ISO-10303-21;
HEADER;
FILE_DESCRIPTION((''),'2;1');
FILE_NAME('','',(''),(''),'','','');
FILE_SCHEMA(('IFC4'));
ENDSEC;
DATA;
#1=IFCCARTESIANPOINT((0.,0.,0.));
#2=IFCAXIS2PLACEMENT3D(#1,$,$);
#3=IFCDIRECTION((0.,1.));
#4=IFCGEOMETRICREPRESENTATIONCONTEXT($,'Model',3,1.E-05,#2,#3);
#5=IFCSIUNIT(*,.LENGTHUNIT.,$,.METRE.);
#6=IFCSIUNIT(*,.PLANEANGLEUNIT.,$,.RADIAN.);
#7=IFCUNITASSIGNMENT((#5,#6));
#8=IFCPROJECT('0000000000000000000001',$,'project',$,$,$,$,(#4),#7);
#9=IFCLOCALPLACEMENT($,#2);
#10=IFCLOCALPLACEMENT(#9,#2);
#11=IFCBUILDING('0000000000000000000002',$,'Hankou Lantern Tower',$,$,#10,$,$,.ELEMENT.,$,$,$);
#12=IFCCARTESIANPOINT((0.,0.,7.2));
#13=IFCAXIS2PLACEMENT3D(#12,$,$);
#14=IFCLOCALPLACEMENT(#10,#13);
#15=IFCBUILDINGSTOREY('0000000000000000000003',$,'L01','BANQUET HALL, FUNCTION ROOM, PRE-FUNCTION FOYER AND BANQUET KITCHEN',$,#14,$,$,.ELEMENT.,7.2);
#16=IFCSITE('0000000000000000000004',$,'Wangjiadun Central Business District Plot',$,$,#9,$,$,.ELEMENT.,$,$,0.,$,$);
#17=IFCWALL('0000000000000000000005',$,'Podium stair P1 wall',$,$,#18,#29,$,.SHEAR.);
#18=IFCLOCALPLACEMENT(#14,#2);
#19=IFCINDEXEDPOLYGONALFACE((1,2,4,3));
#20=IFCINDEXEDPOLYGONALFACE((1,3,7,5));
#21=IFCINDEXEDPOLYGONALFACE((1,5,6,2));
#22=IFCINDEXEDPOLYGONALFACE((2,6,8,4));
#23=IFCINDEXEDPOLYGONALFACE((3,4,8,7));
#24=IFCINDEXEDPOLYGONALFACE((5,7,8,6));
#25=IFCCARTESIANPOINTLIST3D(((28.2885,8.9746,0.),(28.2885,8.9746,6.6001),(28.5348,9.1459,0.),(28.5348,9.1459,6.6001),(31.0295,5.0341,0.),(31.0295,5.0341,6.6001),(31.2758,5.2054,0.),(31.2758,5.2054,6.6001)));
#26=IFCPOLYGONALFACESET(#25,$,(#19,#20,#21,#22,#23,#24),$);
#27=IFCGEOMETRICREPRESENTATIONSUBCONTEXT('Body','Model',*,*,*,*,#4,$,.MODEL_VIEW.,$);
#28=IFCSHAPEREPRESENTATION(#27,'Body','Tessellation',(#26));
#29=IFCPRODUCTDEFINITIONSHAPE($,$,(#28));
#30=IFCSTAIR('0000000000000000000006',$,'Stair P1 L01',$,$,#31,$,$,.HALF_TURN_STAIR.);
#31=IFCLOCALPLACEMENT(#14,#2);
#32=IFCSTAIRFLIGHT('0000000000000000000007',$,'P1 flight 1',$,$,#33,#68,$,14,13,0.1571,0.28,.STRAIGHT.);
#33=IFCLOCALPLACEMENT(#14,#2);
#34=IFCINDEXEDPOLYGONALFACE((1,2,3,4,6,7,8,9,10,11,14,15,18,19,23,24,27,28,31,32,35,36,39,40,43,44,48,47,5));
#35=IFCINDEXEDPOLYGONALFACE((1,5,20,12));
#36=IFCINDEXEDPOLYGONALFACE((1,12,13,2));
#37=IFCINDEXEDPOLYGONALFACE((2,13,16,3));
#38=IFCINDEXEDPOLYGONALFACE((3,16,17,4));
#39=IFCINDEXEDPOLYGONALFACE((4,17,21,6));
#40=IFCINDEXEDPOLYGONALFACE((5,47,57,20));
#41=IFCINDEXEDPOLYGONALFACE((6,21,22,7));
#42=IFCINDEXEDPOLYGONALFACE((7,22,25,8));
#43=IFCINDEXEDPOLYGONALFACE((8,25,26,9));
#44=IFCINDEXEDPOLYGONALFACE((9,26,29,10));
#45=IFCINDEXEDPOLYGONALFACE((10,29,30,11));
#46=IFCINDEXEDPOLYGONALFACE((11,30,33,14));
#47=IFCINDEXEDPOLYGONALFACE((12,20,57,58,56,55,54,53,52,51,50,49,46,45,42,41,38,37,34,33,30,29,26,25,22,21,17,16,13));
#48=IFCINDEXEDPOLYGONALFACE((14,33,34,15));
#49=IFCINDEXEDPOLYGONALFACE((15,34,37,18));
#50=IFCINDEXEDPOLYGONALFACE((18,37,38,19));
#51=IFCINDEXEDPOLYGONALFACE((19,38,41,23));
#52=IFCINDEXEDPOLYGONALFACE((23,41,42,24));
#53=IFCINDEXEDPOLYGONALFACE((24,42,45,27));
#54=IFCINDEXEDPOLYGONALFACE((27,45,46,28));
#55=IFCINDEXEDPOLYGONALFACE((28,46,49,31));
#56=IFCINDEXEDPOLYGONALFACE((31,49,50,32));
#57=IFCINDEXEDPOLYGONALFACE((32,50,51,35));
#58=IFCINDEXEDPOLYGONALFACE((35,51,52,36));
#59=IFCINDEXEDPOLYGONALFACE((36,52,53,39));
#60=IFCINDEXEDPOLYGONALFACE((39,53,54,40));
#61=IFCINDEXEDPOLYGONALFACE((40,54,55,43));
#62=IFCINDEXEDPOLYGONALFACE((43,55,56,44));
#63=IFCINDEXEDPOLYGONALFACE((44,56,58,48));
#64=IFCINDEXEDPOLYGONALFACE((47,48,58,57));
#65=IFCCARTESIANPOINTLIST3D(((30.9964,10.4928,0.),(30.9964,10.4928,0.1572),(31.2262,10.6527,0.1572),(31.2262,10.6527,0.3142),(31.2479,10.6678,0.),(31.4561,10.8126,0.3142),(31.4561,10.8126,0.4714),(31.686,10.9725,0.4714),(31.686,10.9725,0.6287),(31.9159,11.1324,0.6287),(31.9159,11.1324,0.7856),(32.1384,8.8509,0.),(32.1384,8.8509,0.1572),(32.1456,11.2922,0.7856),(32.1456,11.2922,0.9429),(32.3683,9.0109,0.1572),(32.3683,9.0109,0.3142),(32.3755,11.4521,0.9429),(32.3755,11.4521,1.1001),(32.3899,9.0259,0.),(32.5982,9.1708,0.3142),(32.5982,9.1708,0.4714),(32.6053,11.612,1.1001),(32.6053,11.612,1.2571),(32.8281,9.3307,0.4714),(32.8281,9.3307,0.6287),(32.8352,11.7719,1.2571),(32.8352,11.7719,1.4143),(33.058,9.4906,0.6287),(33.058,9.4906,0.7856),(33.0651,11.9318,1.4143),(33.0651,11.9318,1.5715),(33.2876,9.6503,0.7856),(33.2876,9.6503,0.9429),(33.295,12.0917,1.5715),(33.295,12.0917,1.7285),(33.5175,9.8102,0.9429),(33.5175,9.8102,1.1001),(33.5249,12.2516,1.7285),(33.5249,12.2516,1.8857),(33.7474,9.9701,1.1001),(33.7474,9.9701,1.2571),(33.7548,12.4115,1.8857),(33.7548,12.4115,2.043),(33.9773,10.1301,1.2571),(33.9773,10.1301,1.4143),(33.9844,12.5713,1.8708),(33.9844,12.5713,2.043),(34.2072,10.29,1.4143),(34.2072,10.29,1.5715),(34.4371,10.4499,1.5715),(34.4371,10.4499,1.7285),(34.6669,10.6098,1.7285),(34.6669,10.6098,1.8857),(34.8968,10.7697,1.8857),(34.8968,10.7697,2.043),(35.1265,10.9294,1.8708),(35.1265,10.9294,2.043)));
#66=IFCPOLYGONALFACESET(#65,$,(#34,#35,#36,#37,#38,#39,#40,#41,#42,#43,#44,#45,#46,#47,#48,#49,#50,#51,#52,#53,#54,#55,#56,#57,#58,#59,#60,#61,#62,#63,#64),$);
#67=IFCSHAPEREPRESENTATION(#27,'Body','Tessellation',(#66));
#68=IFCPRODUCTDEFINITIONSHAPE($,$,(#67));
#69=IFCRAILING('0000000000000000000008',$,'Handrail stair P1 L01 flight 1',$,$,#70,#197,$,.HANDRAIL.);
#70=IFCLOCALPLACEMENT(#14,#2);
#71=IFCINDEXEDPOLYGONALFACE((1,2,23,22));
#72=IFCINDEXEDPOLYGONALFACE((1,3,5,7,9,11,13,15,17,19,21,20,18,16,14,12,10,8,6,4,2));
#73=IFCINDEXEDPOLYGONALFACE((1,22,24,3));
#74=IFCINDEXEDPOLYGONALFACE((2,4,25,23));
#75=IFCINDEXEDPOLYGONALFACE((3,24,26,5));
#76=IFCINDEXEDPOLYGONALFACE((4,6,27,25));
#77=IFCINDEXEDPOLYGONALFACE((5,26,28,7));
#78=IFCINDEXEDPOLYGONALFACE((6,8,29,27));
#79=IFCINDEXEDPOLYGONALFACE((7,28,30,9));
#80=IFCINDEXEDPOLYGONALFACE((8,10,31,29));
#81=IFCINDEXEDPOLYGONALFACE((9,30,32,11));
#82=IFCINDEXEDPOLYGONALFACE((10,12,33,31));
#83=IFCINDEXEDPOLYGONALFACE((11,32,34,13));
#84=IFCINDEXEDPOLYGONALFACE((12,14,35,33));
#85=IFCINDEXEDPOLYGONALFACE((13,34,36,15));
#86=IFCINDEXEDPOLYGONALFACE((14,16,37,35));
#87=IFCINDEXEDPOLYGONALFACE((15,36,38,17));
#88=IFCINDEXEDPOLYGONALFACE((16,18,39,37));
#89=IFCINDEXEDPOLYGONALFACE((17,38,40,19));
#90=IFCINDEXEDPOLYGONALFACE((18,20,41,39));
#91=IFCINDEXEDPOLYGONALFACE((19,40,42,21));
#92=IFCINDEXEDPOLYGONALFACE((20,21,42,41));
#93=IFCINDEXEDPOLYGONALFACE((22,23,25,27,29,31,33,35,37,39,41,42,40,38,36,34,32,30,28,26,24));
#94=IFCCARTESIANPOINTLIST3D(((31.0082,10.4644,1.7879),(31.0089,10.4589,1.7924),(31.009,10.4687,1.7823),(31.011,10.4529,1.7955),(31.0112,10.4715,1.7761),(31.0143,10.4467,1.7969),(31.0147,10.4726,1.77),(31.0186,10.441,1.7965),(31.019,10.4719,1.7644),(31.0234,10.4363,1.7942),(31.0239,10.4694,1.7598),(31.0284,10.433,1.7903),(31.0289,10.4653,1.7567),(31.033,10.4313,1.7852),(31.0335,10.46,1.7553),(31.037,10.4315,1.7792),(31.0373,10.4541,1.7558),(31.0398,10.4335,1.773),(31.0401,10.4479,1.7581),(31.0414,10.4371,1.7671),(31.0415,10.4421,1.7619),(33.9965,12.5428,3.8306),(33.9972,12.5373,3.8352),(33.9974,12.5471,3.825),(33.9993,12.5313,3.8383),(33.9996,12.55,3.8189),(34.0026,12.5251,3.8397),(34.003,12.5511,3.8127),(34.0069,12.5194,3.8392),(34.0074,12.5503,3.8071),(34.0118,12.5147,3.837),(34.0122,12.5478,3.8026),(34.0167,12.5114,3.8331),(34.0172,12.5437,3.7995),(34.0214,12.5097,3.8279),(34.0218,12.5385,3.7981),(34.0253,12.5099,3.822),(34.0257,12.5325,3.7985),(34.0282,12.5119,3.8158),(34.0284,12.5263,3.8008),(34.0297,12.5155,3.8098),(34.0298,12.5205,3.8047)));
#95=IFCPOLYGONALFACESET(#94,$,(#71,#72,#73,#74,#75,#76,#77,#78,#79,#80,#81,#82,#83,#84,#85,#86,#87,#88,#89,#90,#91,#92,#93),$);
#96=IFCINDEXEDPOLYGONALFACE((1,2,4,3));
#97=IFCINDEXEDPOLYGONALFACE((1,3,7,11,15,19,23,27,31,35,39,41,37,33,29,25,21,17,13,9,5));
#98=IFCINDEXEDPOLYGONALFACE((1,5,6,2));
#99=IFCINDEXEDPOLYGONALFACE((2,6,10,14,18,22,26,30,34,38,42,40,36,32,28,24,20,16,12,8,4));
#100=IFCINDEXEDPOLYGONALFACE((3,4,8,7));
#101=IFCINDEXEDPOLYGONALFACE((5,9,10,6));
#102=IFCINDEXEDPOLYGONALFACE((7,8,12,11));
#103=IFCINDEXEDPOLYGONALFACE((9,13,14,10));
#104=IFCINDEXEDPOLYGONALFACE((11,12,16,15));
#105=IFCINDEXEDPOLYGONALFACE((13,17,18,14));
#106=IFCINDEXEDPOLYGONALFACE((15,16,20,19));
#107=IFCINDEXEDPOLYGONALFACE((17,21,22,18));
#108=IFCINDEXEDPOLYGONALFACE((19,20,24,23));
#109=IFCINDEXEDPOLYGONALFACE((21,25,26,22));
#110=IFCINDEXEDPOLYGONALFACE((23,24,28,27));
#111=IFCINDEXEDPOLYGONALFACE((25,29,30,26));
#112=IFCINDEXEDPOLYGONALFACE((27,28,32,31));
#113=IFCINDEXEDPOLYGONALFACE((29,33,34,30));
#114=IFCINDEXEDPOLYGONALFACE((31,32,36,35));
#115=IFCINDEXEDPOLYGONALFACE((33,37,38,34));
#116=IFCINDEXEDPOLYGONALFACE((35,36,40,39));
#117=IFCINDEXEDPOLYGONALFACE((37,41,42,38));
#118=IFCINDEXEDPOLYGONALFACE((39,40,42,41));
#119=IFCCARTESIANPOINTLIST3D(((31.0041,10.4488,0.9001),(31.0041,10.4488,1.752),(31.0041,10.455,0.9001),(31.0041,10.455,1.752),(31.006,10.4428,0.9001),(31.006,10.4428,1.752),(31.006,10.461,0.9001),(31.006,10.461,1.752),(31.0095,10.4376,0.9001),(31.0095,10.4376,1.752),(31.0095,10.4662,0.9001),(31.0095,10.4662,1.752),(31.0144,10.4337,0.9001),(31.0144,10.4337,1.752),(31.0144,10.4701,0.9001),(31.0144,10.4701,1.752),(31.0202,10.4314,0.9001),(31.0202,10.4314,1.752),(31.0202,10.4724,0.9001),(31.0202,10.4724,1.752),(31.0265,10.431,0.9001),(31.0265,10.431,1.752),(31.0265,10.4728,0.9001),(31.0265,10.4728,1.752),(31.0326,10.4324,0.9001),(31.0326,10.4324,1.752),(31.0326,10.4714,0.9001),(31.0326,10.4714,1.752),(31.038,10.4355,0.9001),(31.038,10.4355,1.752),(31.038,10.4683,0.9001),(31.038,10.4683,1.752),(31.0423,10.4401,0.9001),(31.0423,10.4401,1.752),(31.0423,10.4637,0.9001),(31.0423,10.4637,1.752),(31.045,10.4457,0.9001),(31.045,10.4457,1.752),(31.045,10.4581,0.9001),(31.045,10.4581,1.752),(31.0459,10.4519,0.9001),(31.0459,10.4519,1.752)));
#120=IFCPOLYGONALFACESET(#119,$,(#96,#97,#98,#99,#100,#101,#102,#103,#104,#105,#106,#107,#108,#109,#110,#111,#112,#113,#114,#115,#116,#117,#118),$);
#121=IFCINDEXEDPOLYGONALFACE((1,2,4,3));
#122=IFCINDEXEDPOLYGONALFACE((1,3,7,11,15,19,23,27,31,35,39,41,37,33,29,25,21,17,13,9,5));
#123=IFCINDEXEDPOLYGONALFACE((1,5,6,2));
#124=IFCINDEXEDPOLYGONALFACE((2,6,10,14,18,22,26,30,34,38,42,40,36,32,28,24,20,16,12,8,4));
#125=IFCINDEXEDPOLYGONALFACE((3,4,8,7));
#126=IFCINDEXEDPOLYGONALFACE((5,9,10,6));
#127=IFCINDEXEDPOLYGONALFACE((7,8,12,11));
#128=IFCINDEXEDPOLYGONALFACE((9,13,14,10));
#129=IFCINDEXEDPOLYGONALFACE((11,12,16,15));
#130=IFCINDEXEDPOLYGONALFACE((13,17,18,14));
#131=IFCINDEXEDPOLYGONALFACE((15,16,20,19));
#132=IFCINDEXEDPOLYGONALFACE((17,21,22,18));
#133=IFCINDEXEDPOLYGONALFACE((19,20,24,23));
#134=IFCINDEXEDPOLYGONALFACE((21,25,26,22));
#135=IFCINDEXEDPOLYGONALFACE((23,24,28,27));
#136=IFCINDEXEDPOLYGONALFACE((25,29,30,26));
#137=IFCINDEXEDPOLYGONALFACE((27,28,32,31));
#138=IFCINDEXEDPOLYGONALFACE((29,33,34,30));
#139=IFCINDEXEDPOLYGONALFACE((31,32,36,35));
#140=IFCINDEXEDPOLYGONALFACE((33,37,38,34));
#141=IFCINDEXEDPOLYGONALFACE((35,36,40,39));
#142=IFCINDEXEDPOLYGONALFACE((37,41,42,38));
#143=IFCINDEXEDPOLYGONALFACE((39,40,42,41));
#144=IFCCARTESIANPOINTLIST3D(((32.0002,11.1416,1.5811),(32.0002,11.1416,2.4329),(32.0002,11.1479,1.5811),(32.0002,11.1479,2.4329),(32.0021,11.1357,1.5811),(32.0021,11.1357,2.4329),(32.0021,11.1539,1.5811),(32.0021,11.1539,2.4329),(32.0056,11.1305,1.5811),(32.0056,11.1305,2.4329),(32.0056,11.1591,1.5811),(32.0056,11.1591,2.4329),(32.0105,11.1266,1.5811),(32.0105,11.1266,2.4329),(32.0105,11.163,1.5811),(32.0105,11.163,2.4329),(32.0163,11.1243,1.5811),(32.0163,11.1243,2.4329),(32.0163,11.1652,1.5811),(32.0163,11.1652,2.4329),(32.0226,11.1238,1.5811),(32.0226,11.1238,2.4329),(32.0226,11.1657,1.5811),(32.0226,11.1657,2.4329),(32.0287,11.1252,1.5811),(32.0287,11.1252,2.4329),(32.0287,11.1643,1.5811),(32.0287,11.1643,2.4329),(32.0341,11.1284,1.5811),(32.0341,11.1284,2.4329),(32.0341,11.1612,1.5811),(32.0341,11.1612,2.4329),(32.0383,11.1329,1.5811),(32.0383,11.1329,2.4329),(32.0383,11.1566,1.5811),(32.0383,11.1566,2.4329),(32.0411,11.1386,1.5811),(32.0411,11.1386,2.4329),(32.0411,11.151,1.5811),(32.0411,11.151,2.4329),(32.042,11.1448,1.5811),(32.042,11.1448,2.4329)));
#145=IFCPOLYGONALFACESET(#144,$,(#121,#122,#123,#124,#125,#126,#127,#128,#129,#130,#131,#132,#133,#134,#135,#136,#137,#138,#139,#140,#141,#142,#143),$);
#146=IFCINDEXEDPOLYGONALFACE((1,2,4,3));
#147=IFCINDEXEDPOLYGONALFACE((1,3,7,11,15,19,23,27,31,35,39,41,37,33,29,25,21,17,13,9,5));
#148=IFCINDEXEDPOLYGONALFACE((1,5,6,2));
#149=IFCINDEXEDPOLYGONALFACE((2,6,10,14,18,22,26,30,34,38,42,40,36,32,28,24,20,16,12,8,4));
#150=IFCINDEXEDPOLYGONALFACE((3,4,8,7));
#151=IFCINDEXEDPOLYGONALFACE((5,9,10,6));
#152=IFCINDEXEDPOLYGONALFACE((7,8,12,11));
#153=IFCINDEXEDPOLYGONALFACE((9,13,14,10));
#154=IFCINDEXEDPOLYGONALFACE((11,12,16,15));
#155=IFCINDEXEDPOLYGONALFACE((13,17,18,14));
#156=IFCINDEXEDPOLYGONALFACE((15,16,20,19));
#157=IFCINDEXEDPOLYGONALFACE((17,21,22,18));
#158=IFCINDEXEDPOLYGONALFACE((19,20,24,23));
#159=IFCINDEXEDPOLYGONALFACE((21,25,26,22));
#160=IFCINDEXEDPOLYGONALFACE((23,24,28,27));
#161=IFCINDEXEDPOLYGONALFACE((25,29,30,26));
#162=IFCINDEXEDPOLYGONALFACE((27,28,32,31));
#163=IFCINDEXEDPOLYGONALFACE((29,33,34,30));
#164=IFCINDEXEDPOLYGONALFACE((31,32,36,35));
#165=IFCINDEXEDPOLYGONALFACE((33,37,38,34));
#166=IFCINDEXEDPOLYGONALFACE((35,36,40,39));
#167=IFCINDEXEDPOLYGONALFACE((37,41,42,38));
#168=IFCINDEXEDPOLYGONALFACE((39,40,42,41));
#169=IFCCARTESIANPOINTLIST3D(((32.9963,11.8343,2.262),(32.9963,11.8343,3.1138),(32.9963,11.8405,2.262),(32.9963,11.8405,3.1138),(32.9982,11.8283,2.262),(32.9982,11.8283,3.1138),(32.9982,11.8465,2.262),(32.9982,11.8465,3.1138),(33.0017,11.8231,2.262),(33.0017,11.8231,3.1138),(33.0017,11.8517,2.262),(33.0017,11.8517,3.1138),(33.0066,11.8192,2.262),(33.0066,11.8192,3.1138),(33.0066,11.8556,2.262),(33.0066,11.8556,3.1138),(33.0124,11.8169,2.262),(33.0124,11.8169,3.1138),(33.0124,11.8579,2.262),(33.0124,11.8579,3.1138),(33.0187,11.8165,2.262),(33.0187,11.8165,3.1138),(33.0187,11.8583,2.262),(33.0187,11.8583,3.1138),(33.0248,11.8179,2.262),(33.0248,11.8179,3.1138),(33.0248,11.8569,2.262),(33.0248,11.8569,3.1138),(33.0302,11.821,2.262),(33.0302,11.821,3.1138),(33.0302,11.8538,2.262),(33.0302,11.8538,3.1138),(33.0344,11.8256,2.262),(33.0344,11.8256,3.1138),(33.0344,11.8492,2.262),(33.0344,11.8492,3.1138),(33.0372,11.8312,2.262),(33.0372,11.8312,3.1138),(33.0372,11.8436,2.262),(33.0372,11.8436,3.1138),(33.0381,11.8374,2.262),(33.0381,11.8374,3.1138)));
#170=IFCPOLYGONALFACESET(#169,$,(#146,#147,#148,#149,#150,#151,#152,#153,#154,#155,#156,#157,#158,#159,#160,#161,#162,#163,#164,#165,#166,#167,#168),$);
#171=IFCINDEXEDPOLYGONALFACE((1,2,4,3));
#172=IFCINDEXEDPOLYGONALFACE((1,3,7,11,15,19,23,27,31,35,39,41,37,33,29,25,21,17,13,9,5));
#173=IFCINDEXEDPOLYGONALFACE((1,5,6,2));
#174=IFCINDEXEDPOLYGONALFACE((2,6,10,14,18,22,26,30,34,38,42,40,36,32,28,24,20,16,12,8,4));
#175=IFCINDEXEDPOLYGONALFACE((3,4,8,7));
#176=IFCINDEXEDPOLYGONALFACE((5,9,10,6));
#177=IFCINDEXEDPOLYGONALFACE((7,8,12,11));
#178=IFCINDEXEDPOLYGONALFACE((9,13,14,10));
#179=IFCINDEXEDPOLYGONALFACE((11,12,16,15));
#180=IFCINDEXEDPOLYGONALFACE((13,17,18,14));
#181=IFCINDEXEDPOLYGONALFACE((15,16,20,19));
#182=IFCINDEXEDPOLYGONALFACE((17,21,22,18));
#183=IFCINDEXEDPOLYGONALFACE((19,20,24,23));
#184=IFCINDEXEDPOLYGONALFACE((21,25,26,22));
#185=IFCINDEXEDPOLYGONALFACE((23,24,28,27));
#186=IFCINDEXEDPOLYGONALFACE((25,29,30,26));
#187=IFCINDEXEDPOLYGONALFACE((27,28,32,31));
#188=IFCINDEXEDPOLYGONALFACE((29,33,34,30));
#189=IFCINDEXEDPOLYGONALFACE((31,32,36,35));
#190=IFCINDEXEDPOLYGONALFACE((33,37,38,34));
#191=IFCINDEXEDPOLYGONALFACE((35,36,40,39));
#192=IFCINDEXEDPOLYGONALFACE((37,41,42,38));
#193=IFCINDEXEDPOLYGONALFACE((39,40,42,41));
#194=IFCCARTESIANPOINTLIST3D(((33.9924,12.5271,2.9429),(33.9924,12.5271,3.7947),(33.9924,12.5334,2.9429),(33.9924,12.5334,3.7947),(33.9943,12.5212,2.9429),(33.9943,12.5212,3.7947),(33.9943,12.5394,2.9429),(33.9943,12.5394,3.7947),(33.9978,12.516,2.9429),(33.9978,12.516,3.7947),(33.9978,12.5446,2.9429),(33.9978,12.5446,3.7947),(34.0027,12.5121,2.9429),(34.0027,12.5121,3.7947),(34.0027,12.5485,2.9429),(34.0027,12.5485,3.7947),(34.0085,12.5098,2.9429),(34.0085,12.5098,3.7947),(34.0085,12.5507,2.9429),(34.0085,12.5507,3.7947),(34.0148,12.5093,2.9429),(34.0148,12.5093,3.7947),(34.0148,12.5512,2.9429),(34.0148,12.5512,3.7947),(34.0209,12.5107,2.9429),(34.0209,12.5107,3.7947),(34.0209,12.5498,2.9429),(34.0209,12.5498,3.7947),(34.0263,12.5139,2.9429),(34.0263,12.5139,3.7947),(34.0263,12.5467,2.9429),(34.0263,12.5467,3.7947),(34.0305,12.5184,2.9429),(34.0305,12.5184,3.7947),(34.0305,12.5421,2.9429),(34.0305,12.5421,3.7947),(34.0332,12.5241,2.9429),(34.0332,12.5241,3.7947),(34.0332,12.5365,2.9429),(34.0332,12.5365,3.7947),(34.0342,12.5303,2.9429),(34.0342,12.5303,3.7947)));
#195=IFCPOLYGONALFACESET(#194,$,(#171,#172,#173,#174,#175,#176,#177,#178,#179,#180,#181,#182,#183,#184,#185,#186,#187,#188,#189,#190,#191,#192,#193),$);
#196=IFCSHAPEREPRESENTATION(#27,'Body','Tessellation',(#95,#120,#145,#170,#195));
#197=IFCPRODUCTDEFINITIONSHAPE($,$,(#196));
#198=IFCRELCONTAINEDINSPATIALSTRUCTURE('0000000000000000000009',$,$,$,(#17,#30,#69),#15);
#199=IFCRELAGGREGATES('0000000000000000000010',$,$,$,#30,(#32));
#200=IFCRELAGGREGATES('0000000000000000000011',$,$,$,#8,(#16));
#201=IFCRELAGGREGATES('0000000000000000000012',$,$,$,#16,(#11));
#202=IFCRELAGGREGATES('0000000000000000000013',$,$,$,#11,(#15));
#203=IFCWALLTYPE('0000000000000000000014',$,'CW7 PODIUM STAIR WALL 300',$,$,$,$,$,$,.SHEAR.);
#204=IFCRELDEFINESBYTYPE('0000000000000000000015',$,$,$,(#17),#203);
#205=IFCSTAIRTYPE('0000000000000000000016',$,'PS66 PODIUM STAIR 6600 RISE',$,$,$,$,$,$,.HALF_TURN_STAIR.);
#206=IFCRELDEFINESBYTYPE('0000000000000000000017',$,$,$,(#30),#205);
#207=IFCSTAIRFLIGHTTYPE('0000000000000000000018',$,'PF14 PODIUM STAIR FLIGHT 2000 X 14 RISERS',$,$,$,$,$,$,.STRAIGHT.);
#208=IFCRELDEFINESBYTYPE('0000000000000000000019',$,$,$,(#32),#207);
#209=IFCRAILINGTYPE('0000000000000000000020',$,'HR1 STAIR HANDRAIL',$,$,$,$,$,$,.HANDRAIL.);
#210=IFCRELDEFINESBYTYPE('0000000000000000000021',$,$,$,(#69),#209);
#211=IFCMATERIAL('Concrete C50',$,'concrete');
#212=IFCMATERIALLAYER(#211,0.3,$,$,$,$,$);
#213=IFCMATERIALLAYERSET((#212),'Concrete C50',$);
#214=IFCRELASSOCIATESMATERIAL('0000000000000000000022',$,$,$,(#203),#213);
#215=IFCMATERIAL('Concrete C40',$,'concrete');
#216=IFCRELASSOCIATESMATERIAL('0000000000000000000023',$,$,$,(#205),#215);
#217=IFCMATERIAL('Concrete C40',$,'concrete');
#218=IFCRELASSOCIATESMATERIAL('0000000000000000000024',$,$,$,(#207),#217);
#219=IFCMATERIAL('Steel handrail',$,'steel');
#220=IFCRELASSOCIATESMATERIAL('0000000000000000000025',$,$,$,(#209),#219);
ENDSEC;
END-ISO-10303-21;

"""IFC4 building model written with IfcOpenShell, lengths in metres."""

from ifc_helpers import new_model, si_unit, direction, frame, frame_2d, origin, origin_2d, place, context, subcontext, project, spatial, polyline, rectangle, circle, outline, extrude, material, layer, layer_set, type_object, element, aggregate, save


model = new_model("IFC4")

# Units and contexts
model_context = context("Model", 3, precision=1e-05, world=origin(), true_north=direction((0.0, 1.0)))
body_context = subcontext(model_context, "Body", "Model", "MODEL_VIEW")
ifc_project = project(units=[si_unit("LENGTHUNIT", "METRE"), si_unit("PLANEANGLEUNIT", "RADIAN")], contexts=[model_context])

# Site, building, storey
site_placement = place(None, origin())
site = spatial("IfcSite", under=ifc_project, at=site_placement, Name="Wangjiadun Central Business District Plot", CompositionType="ELEMENT", RefElevation=0.0)
building_placement = place(site_placement, origin())
building = spatial("IfcBuilding", under=site, at=building_placement, Name="Hankou Lantern Tower", CompositionType="ELEMENT")
storey_placement = place(building_placement, frame((0.0, 0.0, 7.2)))
storey = spatial("IfcBuildingStorey", under=building, at=storey_placement, Name="L01", Description="BANQUET HALL, FUNCTION ROOM, PRE-FUNCTION FOYER AND BANQUET KITCHEN", CompositionType="ELEMENT", Elevation=7.2)

# Wall
ifc_material_1 = material(Name="Concrete C50", Category="concrete")
ifc_layer = layer(ifc_material_1, 0.3)
ifc_layer_set = layer_set([ifc_layer], Name="Concrete C50")
wall_type = type_object("IfcWallType", Name="CW7 PODIUM STAIR WALL 300", PredefinedType="SHEAR", material=ifc_layer_set)
wall_placement = place(storey_placement, frame((31.1526, 5.1199, 0.0), z_axis=(0.0, 0.0, 1.0), x_axis=(-0.571036, 0.820925, 0.0)))
element("IfcWall", 1, at=wall_placement, inside=storey, type_object=wall_type, Name="Podium stair P1 wall", PredefinedType="SHEAR", context=body_context, shape_type="SweptSolid", body=[
    extrude(rectangle(XDim=4.8, YDim=0.3, at=frame_2d((2.3999, 0.0))), origin(), (0.0, 0.0, 1.0), 6.6001),
])

# Stair, stair flight
ifc_material_2 = material(Name="Concrete C40", Category="concrete")
stair_type = type_object("IfcStairType", Name="PS66 PODIUM STAIR 6600 RISE", PredefinedType="HALF_TURN_STAIR", material=ifc_material_2)
stair_placement = place(storey_placement, origin())
stair = element("IfcStair", 2, at=stair_placement, inside=storey, type_object=stair_type, Name="Stair P1 L01", PredefinedType="HALF_TURN_STAIR")
ifc_material_3 = material(Name="Concrete C40", Category="concrete")
stair_flight_type = type_object("IfcStairFlightType", Name="PF14 PODIUM STAIR FLIGHT 2000 X 14 RISERS", PredefinedType="STRAIGHT", material=ifc_material_3)
stair_flight_placement = place(storey_placement, frame((31.5674, 9.6719, 0.0), z_axis=(0.0, 0.0, 1.0), x_axis=(0.820927, 0.571033, 0.0)))
stair_flight = element("IfcStairFlight", 3, at=stair_flight_placement, type_object=stair_flight_type, Name="P1 flight 1", NumberOfRisers=14, NumberOfTreads=13, PredefinedType="STRAIGHT", RiserHeight=0.1571, TreadLength=0.28, context=body_context, shape_type="SweptSolid", body=[
    extrude(outline(polyline([(0.0, 0.0), (0.0, 0.1572), (0.28, 0.1572), (0.28, 0.3142), (0.5601, 0.3142), (0.5601, 0.4714), (0.8401, 0.4714), (0.8401, 0.6287), (1.1201, 0.6287), (1.1201, 0.7856), (1.3999, 0.7856), (1.3999, 0.9429), (1.6799, 0.9429), (1.6799, 1.1001), (1.96, 1.1001), (1.96, 1.2571), (2.24, 1.2571), (2.24, 1.4143), (2.52, 1.4143), (2.52, 1.5715), (2.8, 1.5715), (2.8, 1.7285), (3.0801, 1.7285), (3.0801, 1.8857), (3.3601, 1.8857), (3.3601, 2.043), (3.6399, 2.043), (3.6399, 2.2), (3.6399, 1.8708), (0.3064, 0.0), (0.0, 0.0)])), frame((0.0, 1.0, 0.0), z_axis=(0.0, -1.0, 0.0), x_axis=(1.0, 0.0, 0.0)), (0.0, 0.0, 1.0), 2.0),
])
aggregate(stair, [stair_flight])

# Railing
ifc_material_4 = material(Name="Steel handrail", Category="steel")
railing_type = type_object("IfcRailingType", Name="HR1 STAIR HANDRAIL", PredefinedType="HANDRAIL", material=ifc_material_4)
railing_1_placement = place(storey_placement, frame((31.0249, 10.4519, 0.9001)))
element("IfcRailing", 4, at=railing_1_placement, inside=storey, type_object=railing_type, Name="Handrail stair P1 L01 flight 1", PredefinedType="HANDRAIL", context=body_context, shape_type="SweptSolid", body=[
    extrude(circle(Radius=0.0239, at=origin_2d()), frame((0.0, 0.0, 0.876), z_axis=(0.71593, 0.497934, 0.489394), x_axis=(-0.570984, 0.820961, 0.0)), (0.0, 0.0, 1.0), 4.1741),
    extrude(circle(Radius=0.021, at=origin_2d()), origin(), (0.0, 0.0, 1.0), 0.8518),
    extrude(circle(Radius=0.021, at=origin_2d()), frame((0.9961, 0.6929, 0.6809)), (0.0, 0.0, 1.0), 0.8518),
    extrude(circle(Radius=0.021, at=origin_2d()), frame((1.9922, 1.3855, 1.3618)), (0.0, 0.0, 1.0), 0.8518),
    extrude(circle(Radius=0.021, at=origin_2d()), frame((2.9883, 2.0784, 2.0427)), (0.0, 0.0, 1.0), 0.8518),
])

save(model, "model.ifc")
